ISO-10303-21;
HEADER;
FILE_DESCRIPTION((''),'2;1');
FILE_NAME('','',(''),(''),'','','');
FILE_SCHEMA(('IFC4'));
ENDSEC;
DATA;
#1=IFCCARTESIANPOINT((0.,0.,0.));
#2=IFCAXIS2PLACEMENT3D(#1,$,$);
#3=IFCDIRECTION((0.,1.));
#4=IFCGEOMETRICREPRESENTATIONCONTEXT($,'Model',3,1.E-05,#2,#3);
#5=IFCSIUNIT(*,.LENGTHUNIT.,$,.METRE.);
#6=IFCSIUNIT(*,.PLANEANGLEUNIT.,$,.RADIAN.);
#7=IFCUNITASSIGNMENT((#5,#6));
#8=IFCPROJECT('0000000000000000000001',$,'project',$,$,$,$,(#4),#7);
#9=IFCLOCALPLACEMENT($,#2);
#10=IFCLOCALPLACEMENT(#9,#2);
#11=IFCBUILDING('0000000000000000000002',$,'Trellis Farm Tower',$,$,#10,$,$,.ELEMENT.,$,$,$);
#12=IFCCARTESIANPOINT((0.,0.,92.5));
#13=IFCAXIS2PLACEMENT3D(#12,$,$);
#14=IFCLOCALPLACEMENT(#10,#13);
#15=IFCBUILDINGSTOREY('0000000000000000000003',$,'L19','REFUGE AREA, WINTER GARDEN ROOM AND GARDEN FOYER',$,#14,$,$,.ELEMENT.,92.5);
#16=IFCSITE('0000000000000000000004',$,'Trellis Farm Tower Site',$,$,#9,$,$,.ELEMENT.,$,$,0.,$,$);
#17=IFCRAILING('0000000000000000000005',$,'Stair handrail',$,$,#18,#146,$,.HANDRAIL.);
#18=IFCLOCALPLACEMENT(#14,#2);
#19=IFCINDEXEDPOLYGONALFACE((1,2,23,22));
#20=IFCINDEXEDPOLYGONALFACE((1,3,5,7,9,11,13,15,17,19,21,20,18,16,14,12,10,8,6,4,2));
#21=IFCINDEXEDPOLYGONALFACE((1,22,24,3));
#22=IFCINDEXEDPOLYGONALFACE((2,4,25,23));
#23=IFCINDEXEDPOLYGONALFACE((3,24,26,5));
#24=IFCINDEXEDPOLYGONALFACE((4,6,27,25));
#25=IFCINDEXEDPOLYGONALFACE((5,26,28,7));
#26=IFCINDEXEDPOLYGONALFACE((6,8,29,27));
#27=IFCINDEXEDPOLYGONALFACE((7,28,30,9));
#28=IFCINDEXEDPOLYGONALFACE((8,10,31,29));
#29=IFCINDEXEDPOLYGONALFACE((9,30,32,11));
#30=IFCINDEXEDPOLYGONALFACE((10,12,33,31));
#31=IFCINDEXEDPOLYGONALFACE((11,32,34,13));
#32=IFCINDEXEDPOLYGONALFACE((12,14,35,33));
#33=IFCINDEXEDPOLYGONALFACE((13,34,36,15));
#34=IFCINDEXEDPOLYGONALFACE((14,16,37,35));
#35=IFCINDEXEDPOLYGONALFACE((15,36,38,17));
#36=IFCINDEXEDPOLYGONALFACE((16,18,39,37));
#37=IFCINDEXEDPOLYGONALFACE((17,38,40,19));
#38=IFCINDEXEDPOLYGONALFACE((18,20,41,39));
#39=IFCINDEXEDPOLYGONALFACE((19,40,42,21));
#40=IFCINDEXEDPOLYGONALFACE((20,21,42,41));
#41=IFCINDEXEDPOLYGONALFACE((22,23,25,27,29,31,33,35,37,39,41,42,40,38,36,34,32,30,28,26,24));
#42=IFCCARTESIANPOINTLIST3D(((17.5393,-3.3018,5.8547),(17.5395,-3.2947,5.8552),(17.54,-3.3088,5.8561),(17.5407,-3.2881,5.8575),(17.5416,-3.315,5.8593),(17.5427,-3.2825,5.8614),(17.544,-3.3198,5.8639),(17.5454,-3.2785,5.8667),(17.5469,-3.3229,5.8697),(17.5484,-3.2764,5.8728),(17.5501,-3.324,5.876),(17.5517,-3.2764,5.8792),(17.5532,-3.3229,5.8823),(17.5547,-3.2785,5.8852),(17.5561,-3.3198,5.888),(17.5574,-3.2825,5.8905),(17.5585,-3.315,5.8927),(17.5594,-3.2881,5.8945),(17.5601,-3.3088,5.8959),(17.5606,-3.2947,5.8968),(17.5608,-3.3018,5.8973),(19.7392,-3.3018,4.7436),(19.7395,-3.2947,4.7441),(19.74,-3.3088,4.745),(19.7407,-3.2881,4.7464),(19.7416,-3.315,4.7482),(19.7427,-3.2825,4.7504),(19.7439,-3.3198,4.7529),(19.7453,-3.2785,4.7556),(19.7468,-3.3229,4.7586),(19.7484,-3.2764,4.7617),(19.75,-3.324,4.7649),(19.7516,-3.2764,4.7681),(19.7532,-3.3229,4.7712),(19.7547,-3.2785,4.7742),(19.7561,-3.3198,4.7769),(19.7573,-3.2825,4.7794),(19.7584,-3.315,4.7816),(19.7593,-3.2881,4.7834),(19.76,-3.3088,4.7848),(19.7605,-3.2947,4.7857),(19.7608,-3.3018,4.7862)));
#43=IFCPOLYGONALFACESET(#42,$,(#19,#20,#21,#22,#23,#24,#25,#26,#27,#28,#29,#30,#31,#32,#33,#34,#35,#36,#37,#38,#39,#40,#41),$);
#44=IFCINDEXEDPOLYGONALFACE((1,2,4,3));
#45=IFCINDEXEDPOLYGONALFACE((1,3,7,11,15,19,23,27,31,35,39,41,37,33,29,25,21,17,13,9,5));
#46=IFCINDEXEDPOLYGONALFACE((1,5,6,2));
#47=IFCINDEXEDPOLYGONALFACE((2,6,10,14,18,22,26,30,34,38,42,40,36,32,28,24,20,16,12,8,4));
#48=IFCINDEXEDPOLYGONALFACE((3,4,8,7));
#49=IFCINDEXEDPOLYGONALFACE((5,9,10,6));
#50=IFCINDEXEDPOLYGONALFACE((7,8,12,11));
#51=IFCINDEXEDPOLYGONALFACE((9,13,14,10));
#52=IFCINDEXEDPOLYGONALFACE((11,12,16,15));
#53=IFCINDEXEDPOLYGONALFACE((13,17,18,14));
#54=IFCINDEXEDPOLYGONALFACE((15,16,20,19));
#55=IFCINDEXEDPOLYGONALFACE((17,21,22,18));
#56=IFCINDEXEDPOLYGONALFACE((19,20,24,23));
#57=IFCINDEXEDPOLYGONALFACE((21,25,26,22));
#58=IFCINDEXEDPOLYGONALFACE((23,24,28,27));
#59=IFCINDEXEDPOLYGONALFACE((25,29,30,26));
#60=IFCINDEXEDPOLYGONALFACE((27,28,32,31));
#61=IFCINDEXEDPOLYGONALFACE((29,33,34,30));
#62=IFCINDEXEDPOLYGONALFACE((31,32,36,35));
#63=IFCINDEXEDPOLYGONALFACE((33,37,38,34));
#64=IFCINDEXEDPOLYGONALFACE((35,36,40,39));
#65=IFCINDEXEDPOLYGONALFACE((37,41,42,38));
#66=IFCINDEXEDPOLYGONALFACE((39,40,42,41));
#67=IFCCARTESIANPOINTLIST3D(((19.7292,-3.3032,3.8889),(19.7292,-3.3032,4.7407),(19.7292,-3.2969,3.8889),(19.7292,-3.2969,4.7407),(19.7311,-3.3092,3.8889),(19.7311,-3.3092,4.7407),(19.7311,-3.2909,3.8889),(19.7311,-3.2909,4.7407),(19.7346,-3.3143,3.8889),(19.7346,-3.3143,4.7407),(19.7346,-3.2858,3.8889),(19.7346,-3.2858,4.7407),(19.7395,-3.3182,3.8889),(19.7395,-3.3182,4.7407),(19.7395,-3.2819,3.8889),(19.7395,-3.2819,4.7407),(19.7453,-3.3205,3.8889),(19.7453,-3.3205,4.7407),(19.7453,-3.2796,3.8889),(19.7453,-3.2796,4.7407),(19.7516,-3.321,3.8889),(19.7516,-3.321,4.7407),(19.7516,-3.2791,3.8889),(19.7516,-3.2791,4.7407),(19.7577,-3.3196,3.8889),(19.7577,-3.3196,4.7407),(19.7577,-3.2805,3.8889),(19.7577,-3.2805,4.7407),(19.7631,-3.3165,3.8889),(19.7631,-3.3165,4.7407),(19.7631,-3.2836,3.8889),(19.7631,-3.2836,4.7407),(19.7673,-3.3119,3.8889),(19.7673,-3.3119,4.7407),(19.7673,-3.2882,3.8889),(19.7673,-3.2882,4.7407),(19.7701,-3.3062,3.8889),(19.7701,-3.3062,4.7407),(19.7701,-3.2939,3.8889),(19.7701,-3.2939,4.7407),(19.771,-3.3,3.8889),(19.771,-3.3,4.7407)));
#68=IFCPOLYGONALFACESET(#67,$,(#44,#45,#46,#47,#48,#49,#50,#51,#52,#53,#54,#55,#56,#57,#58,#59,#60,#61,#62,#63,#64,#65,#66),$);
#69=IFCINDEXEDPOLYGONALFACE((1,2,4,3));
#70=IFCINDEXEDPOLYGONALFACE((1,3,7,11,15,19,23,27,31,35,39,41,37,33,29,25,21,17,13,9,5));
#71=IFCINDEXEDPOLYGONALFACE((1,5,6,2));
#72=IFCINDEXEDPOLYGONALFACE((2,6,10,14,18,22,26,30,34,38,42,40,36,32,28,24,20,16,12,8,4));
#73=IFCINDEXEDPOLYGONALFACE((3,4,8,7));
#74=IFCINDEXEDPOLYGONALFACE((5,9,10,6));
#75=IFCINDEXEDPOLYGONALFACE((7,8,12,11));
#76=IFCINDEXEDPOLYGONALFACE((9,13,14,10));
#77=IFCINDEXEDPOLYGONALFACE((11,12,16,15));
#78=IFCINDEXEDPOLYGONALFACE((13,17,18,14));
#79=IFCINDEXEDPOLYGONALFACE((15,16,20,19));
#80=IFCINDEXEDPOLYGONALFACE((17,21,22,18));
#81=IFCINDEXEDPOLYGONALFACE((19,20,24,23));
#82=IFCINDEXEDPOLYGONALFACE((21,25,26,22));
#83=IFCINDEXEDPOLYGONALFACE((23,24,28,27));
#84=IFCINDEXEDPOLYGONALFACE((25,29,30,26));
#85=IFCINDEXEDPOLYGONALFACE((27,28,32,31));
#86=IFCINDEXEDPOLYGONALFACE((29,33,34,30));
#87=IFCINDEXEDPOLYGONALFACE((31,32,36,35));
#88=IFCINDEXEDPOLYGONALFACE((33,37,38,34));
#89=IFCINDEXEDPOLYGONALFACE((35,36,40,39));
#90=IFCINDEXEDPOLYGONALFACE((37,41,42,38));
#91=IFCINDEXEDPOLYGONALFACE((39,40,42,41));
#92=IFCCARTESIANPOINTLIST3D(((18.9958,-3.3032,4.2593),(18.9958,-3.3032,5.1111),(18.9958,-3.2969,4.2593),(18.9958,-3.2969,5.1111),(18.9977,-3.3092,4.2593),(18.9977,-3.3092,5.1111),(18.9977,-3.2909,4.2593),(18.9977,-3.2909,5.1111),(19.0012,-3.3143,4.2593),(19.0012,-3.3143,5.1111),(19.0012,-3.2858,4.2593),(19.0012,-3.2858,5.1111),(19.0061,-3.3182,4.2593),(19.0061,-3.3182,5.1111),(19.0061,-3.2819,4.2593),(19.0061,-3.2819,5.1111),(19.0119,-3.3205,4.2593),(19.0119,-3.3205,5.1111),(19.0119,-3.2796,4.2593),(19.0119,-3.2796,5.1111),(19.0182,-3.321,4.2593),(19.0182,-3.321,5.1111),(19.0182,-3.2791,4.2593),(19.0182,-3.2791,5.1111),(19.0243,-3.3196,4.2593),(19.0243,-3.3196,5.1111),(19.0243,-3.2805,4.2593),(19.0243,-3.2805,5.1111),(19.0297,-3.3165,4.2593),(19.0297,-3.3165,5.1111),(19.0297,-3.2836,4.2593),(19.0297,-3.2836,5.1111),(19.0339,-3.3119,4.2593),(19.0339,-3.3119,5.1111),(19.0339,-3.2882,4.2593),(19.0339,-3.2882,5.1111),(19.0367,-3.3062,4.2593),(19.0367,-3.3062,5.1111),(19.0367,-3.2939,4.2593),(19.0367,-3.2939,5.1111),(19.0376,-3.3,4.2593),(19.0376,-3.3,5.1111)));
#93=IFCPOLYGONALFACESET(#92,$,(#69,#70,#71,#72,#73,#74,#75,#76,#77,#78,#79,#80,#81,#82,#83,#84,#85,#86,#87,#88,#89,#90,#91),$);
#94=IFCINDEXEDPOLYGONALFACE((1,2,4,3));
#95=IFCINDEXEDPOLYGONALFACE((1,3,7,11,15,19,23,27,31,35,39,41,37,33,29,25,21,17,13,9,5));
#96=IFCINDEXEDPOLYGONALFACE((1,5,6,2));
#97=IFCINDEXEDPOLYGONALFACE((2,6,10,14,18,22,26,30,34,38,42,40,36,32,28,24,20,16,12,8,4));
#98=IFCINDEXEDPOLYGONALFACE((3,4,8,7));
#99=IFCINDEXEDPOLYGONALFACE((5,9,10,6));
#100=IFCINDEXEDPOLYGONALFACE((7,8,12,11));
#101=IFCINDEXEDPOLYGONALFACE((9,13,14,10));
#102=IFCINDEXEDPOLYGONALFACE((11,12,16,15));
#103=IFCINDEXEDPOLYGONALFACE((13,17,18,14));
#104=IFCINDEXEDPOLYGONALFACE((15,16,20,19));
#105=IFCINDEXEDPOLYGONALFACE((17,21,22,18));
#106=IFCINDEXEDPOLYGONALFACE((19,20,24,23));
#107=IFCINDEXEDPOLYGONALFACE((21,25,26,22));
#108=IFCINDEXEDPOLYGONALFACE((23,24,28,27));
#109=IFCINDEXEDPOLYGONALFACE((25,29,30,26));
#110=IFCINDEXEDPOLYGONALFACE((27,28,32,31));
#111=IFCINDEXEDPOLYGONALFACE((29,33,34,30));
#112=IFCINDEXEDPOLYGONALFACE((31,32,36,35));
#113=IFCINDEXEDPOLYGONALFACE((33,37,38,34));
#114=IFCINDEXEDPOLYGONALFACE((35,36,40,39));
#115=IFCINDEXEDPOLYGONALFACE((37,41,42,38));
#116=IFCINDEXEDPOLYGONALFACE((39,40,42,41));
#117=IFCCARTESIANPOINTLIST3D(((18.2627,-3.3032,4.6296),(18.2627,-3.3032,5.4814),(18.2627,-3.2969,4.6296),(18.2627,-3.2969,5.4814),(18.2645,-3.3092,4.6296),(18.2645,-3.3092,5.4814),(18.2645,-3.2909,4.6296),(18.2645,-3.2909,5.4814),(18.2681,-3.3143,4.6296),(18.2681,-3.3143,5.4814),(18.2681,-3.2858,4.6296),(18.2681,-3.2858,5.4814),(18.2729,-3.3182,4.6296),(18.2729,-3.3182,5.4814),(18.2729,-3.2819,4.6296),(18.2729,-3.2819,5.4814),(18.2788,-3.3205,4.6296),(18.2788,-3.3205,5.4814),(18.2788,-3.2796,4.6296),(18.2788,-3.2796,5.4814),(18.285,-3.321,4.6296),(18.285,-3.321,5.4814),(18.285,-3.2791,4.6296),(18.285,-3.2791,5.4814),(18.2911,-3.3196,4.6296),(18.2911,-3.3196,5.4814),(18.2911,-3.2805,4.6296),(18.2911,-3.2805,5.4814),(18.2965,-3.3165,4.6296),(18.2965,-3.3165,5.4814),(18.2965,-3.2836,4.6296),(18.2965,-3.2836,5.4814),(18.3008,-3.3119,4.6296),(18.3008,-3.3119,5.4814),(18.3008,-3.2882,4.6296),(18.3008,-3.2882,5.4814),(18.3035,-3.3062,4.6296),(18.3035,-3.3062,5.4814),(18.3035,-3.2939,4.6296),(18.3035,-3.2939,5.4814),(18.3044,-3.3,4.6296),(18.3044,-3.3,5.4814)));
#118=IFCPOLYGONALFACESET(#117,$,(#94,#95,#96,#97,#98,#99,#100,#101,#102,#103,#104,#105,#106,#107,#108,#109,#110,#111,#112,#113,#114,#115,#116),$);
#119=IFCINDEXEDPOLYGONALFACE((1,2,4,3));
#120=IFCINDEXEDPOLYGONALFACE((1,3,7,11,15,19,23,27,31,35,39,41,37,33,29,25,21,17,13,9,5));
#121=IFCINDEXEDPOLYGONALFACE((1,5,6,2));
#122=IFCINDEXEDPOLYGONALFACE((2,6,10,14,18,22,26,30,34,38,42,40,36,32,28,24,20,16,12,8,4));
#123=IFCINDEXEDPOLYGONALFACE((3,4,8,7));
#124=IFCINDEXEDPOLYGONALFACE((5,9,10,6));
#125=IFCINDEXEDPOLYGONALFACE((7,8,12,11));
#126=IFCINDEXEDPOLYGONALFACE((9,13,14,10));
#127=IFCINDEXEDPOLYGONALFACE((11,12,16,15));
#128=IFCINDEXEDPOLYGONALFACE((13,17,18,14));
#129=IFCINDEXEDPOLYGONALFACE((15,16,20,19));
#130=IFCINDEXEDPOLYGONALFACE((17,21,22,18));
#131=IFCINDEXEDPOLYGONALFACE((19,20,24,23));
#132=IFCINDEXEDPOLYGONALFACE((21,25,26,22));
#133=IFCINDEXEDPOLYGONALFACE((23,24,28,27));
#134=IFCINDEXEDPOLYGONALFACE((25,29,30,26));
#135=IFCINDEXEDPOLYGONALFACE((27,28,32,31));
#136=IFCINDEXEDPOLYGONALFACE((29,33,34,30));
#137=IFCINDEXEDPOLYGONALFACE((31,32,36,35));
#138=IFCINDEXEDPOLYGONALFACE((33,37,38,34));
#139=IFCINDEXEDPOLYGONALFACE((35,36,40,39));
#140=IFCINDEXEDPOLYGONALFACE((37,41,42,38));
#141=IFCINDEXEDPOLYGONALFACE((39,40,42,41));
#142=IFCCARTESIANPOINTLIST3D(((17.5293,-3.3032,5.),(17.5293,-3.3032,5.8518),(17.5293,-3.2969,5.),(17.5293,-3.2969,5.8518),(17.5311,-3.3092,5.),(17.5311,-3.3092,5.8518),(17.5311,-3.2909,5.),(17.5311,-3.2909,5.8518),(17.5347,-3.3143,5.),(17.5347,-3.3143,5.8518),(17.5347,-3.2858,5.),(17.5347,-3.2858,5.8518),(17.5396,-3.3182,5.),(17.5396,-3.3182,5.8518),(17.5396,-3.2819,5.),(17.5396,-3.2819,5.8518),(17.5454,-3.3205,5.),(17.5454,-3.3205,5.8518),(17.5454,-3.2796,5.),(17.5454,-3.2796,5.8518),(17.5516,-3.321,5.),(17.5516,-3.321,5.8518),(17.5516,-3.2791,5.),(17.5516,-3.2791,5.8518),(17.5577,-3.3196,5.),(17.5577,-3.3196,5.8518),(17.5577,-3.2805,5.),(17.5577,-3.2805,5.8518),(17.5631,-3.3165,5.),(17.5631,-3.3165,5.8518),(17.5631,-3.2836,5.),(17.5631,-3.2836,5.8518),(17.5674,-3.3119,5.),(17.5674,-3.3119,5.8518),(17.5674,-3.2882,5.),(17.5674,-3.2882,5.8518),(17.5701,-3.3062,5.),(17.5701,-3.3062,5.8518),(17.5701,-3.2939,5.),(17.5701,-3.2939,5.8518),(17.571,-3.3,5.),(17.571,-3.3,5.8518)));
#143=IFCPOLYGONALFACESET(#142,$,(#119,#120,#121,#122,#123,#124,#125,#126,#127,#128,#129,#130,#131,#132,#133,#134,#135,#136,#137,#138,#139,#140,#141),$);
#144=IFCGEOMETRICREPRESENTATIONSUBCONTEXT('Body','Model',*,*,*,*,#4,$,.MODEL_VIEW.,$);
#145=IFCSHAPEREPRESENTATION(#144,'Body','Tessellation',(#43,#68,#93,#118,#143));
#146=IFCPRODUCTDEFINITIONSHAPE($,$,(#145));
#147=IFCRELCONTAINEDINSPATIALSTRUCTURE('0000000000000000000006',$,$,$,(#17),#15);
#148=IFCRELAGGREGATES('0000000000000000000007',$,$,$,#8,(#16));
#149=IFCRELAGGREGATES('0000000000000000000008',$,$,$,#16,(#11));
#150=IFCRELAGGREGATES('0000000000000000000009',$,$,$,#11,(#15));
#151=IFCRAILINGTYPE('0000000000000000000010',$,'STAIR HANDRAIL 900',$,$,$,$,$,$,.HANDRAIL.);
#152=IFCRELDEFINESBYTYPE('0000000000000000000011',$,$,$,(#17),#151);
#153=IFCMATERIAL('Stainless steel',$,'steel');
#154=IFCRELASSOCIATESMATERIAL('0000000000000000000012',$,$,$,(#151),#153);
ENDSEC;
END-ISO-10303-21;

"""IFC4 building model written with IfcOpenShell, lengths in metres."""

from ifc_helpers import new_model, si_unit, direction, frame, origin, origin_2d, place, context, subcontext, project, spatial, circle, extrude, source, transform, mapped, material, type_object, element, save


model = new_model("IFC4")

# Units and contexts
model_context = context("Model", 3, precision=1e-05, world=origin(), true_north=direction((0.0, 1.0)))
body_context = subcontext(model_context, "Body", "Model", "MODEL_VIEW")
ifc_project = project(units=[si_unit("LENGTHUNIT", "METRE"), si_unit("PLANEANGLEUNIT", "RADIAN")], contexts=[model_context])

# Site, building, storey
site_placement = place(None, origin())
site = spatial("IfcSite", under=ifc_project, at=site_placement, Name="Trellis Farm Tower Site", CompositionType="ELEMENT", RefElevation=0.0)
building_placement = place(site_placement, origin())
building = spatial("IfcBuilding", under=site, at=building_placement, Name="Trellis Farm Tower", CompositionType="ELEMENT")
storey_placement = place(building_placement, frame((0.0, 0.0, 92.5)))
storey = spatial("IfcBuildingStorey", under=building, at=storey_placement, Name="L19", Description="REFUGE AREA, WINTER GARDEN ROOM AND GARDEN FOYER", CompositionType="ELEMENT", Elevation=92.5)

# Shared definitions
ifc_material_1 = material(Name="Stainless steel", Category="steel")

# Railing
railing_type = type_object("IfcRailingType", Name="STAIR HANDRAIL 900", PredefinedType="HANDRAIL", material=ifc_material_1)
shared_shape_1 = source(origin(), body_context, "Body", "SweptSolid", [
    extrude(circle(Radius=0.0239, at=origin_2d()), frame((0.0, 0.0, 0.876), z_axis=(-0.892617, 0.0, 0.450816), x_axis=(0.0, -1.0, 0.0)), (0.0, 0.0, 1.0), 2.4646),
    extrude(circle(Radius=0.021, at=origin_2d()), origin(), (0.0, 0.0, 1.0), 0.8518),
    extrude(circle(Radius=0.021, at=origin_2d()), frame((-0.7334, 0.0, 0.3704)), (0.0, 0.0, 1.0), 0.8518),
    extrude(circle(Radius=0.021, at=origin_2d()), frame((-1.4666, 0.0, 0.7407)), (0.0, 0.0, 1.0), 0.8518),
    extrude(circle(Radius=0.021, at=origin_2d()), frame((-2.2, 0.0, 1.1111)), (0.0, 0.0, 1.0), 0.8518),
])
for number, where, name in (
    (1, (19.75, -3.3, 3.8889), "Stair handrail"),
):
    element("IfcRailing", number, at=place(storey_placement, frame(where)), inside=storey, type_object=railing_type, Name=name, PredefinedType="HANDRAIL", context=body_context, shape_type="MappedRepresentation", body=[
        mapped(shared_shape_1, transform((0.0, 0.0, 0.0))),
    ])

save(model, "model.ifc")
